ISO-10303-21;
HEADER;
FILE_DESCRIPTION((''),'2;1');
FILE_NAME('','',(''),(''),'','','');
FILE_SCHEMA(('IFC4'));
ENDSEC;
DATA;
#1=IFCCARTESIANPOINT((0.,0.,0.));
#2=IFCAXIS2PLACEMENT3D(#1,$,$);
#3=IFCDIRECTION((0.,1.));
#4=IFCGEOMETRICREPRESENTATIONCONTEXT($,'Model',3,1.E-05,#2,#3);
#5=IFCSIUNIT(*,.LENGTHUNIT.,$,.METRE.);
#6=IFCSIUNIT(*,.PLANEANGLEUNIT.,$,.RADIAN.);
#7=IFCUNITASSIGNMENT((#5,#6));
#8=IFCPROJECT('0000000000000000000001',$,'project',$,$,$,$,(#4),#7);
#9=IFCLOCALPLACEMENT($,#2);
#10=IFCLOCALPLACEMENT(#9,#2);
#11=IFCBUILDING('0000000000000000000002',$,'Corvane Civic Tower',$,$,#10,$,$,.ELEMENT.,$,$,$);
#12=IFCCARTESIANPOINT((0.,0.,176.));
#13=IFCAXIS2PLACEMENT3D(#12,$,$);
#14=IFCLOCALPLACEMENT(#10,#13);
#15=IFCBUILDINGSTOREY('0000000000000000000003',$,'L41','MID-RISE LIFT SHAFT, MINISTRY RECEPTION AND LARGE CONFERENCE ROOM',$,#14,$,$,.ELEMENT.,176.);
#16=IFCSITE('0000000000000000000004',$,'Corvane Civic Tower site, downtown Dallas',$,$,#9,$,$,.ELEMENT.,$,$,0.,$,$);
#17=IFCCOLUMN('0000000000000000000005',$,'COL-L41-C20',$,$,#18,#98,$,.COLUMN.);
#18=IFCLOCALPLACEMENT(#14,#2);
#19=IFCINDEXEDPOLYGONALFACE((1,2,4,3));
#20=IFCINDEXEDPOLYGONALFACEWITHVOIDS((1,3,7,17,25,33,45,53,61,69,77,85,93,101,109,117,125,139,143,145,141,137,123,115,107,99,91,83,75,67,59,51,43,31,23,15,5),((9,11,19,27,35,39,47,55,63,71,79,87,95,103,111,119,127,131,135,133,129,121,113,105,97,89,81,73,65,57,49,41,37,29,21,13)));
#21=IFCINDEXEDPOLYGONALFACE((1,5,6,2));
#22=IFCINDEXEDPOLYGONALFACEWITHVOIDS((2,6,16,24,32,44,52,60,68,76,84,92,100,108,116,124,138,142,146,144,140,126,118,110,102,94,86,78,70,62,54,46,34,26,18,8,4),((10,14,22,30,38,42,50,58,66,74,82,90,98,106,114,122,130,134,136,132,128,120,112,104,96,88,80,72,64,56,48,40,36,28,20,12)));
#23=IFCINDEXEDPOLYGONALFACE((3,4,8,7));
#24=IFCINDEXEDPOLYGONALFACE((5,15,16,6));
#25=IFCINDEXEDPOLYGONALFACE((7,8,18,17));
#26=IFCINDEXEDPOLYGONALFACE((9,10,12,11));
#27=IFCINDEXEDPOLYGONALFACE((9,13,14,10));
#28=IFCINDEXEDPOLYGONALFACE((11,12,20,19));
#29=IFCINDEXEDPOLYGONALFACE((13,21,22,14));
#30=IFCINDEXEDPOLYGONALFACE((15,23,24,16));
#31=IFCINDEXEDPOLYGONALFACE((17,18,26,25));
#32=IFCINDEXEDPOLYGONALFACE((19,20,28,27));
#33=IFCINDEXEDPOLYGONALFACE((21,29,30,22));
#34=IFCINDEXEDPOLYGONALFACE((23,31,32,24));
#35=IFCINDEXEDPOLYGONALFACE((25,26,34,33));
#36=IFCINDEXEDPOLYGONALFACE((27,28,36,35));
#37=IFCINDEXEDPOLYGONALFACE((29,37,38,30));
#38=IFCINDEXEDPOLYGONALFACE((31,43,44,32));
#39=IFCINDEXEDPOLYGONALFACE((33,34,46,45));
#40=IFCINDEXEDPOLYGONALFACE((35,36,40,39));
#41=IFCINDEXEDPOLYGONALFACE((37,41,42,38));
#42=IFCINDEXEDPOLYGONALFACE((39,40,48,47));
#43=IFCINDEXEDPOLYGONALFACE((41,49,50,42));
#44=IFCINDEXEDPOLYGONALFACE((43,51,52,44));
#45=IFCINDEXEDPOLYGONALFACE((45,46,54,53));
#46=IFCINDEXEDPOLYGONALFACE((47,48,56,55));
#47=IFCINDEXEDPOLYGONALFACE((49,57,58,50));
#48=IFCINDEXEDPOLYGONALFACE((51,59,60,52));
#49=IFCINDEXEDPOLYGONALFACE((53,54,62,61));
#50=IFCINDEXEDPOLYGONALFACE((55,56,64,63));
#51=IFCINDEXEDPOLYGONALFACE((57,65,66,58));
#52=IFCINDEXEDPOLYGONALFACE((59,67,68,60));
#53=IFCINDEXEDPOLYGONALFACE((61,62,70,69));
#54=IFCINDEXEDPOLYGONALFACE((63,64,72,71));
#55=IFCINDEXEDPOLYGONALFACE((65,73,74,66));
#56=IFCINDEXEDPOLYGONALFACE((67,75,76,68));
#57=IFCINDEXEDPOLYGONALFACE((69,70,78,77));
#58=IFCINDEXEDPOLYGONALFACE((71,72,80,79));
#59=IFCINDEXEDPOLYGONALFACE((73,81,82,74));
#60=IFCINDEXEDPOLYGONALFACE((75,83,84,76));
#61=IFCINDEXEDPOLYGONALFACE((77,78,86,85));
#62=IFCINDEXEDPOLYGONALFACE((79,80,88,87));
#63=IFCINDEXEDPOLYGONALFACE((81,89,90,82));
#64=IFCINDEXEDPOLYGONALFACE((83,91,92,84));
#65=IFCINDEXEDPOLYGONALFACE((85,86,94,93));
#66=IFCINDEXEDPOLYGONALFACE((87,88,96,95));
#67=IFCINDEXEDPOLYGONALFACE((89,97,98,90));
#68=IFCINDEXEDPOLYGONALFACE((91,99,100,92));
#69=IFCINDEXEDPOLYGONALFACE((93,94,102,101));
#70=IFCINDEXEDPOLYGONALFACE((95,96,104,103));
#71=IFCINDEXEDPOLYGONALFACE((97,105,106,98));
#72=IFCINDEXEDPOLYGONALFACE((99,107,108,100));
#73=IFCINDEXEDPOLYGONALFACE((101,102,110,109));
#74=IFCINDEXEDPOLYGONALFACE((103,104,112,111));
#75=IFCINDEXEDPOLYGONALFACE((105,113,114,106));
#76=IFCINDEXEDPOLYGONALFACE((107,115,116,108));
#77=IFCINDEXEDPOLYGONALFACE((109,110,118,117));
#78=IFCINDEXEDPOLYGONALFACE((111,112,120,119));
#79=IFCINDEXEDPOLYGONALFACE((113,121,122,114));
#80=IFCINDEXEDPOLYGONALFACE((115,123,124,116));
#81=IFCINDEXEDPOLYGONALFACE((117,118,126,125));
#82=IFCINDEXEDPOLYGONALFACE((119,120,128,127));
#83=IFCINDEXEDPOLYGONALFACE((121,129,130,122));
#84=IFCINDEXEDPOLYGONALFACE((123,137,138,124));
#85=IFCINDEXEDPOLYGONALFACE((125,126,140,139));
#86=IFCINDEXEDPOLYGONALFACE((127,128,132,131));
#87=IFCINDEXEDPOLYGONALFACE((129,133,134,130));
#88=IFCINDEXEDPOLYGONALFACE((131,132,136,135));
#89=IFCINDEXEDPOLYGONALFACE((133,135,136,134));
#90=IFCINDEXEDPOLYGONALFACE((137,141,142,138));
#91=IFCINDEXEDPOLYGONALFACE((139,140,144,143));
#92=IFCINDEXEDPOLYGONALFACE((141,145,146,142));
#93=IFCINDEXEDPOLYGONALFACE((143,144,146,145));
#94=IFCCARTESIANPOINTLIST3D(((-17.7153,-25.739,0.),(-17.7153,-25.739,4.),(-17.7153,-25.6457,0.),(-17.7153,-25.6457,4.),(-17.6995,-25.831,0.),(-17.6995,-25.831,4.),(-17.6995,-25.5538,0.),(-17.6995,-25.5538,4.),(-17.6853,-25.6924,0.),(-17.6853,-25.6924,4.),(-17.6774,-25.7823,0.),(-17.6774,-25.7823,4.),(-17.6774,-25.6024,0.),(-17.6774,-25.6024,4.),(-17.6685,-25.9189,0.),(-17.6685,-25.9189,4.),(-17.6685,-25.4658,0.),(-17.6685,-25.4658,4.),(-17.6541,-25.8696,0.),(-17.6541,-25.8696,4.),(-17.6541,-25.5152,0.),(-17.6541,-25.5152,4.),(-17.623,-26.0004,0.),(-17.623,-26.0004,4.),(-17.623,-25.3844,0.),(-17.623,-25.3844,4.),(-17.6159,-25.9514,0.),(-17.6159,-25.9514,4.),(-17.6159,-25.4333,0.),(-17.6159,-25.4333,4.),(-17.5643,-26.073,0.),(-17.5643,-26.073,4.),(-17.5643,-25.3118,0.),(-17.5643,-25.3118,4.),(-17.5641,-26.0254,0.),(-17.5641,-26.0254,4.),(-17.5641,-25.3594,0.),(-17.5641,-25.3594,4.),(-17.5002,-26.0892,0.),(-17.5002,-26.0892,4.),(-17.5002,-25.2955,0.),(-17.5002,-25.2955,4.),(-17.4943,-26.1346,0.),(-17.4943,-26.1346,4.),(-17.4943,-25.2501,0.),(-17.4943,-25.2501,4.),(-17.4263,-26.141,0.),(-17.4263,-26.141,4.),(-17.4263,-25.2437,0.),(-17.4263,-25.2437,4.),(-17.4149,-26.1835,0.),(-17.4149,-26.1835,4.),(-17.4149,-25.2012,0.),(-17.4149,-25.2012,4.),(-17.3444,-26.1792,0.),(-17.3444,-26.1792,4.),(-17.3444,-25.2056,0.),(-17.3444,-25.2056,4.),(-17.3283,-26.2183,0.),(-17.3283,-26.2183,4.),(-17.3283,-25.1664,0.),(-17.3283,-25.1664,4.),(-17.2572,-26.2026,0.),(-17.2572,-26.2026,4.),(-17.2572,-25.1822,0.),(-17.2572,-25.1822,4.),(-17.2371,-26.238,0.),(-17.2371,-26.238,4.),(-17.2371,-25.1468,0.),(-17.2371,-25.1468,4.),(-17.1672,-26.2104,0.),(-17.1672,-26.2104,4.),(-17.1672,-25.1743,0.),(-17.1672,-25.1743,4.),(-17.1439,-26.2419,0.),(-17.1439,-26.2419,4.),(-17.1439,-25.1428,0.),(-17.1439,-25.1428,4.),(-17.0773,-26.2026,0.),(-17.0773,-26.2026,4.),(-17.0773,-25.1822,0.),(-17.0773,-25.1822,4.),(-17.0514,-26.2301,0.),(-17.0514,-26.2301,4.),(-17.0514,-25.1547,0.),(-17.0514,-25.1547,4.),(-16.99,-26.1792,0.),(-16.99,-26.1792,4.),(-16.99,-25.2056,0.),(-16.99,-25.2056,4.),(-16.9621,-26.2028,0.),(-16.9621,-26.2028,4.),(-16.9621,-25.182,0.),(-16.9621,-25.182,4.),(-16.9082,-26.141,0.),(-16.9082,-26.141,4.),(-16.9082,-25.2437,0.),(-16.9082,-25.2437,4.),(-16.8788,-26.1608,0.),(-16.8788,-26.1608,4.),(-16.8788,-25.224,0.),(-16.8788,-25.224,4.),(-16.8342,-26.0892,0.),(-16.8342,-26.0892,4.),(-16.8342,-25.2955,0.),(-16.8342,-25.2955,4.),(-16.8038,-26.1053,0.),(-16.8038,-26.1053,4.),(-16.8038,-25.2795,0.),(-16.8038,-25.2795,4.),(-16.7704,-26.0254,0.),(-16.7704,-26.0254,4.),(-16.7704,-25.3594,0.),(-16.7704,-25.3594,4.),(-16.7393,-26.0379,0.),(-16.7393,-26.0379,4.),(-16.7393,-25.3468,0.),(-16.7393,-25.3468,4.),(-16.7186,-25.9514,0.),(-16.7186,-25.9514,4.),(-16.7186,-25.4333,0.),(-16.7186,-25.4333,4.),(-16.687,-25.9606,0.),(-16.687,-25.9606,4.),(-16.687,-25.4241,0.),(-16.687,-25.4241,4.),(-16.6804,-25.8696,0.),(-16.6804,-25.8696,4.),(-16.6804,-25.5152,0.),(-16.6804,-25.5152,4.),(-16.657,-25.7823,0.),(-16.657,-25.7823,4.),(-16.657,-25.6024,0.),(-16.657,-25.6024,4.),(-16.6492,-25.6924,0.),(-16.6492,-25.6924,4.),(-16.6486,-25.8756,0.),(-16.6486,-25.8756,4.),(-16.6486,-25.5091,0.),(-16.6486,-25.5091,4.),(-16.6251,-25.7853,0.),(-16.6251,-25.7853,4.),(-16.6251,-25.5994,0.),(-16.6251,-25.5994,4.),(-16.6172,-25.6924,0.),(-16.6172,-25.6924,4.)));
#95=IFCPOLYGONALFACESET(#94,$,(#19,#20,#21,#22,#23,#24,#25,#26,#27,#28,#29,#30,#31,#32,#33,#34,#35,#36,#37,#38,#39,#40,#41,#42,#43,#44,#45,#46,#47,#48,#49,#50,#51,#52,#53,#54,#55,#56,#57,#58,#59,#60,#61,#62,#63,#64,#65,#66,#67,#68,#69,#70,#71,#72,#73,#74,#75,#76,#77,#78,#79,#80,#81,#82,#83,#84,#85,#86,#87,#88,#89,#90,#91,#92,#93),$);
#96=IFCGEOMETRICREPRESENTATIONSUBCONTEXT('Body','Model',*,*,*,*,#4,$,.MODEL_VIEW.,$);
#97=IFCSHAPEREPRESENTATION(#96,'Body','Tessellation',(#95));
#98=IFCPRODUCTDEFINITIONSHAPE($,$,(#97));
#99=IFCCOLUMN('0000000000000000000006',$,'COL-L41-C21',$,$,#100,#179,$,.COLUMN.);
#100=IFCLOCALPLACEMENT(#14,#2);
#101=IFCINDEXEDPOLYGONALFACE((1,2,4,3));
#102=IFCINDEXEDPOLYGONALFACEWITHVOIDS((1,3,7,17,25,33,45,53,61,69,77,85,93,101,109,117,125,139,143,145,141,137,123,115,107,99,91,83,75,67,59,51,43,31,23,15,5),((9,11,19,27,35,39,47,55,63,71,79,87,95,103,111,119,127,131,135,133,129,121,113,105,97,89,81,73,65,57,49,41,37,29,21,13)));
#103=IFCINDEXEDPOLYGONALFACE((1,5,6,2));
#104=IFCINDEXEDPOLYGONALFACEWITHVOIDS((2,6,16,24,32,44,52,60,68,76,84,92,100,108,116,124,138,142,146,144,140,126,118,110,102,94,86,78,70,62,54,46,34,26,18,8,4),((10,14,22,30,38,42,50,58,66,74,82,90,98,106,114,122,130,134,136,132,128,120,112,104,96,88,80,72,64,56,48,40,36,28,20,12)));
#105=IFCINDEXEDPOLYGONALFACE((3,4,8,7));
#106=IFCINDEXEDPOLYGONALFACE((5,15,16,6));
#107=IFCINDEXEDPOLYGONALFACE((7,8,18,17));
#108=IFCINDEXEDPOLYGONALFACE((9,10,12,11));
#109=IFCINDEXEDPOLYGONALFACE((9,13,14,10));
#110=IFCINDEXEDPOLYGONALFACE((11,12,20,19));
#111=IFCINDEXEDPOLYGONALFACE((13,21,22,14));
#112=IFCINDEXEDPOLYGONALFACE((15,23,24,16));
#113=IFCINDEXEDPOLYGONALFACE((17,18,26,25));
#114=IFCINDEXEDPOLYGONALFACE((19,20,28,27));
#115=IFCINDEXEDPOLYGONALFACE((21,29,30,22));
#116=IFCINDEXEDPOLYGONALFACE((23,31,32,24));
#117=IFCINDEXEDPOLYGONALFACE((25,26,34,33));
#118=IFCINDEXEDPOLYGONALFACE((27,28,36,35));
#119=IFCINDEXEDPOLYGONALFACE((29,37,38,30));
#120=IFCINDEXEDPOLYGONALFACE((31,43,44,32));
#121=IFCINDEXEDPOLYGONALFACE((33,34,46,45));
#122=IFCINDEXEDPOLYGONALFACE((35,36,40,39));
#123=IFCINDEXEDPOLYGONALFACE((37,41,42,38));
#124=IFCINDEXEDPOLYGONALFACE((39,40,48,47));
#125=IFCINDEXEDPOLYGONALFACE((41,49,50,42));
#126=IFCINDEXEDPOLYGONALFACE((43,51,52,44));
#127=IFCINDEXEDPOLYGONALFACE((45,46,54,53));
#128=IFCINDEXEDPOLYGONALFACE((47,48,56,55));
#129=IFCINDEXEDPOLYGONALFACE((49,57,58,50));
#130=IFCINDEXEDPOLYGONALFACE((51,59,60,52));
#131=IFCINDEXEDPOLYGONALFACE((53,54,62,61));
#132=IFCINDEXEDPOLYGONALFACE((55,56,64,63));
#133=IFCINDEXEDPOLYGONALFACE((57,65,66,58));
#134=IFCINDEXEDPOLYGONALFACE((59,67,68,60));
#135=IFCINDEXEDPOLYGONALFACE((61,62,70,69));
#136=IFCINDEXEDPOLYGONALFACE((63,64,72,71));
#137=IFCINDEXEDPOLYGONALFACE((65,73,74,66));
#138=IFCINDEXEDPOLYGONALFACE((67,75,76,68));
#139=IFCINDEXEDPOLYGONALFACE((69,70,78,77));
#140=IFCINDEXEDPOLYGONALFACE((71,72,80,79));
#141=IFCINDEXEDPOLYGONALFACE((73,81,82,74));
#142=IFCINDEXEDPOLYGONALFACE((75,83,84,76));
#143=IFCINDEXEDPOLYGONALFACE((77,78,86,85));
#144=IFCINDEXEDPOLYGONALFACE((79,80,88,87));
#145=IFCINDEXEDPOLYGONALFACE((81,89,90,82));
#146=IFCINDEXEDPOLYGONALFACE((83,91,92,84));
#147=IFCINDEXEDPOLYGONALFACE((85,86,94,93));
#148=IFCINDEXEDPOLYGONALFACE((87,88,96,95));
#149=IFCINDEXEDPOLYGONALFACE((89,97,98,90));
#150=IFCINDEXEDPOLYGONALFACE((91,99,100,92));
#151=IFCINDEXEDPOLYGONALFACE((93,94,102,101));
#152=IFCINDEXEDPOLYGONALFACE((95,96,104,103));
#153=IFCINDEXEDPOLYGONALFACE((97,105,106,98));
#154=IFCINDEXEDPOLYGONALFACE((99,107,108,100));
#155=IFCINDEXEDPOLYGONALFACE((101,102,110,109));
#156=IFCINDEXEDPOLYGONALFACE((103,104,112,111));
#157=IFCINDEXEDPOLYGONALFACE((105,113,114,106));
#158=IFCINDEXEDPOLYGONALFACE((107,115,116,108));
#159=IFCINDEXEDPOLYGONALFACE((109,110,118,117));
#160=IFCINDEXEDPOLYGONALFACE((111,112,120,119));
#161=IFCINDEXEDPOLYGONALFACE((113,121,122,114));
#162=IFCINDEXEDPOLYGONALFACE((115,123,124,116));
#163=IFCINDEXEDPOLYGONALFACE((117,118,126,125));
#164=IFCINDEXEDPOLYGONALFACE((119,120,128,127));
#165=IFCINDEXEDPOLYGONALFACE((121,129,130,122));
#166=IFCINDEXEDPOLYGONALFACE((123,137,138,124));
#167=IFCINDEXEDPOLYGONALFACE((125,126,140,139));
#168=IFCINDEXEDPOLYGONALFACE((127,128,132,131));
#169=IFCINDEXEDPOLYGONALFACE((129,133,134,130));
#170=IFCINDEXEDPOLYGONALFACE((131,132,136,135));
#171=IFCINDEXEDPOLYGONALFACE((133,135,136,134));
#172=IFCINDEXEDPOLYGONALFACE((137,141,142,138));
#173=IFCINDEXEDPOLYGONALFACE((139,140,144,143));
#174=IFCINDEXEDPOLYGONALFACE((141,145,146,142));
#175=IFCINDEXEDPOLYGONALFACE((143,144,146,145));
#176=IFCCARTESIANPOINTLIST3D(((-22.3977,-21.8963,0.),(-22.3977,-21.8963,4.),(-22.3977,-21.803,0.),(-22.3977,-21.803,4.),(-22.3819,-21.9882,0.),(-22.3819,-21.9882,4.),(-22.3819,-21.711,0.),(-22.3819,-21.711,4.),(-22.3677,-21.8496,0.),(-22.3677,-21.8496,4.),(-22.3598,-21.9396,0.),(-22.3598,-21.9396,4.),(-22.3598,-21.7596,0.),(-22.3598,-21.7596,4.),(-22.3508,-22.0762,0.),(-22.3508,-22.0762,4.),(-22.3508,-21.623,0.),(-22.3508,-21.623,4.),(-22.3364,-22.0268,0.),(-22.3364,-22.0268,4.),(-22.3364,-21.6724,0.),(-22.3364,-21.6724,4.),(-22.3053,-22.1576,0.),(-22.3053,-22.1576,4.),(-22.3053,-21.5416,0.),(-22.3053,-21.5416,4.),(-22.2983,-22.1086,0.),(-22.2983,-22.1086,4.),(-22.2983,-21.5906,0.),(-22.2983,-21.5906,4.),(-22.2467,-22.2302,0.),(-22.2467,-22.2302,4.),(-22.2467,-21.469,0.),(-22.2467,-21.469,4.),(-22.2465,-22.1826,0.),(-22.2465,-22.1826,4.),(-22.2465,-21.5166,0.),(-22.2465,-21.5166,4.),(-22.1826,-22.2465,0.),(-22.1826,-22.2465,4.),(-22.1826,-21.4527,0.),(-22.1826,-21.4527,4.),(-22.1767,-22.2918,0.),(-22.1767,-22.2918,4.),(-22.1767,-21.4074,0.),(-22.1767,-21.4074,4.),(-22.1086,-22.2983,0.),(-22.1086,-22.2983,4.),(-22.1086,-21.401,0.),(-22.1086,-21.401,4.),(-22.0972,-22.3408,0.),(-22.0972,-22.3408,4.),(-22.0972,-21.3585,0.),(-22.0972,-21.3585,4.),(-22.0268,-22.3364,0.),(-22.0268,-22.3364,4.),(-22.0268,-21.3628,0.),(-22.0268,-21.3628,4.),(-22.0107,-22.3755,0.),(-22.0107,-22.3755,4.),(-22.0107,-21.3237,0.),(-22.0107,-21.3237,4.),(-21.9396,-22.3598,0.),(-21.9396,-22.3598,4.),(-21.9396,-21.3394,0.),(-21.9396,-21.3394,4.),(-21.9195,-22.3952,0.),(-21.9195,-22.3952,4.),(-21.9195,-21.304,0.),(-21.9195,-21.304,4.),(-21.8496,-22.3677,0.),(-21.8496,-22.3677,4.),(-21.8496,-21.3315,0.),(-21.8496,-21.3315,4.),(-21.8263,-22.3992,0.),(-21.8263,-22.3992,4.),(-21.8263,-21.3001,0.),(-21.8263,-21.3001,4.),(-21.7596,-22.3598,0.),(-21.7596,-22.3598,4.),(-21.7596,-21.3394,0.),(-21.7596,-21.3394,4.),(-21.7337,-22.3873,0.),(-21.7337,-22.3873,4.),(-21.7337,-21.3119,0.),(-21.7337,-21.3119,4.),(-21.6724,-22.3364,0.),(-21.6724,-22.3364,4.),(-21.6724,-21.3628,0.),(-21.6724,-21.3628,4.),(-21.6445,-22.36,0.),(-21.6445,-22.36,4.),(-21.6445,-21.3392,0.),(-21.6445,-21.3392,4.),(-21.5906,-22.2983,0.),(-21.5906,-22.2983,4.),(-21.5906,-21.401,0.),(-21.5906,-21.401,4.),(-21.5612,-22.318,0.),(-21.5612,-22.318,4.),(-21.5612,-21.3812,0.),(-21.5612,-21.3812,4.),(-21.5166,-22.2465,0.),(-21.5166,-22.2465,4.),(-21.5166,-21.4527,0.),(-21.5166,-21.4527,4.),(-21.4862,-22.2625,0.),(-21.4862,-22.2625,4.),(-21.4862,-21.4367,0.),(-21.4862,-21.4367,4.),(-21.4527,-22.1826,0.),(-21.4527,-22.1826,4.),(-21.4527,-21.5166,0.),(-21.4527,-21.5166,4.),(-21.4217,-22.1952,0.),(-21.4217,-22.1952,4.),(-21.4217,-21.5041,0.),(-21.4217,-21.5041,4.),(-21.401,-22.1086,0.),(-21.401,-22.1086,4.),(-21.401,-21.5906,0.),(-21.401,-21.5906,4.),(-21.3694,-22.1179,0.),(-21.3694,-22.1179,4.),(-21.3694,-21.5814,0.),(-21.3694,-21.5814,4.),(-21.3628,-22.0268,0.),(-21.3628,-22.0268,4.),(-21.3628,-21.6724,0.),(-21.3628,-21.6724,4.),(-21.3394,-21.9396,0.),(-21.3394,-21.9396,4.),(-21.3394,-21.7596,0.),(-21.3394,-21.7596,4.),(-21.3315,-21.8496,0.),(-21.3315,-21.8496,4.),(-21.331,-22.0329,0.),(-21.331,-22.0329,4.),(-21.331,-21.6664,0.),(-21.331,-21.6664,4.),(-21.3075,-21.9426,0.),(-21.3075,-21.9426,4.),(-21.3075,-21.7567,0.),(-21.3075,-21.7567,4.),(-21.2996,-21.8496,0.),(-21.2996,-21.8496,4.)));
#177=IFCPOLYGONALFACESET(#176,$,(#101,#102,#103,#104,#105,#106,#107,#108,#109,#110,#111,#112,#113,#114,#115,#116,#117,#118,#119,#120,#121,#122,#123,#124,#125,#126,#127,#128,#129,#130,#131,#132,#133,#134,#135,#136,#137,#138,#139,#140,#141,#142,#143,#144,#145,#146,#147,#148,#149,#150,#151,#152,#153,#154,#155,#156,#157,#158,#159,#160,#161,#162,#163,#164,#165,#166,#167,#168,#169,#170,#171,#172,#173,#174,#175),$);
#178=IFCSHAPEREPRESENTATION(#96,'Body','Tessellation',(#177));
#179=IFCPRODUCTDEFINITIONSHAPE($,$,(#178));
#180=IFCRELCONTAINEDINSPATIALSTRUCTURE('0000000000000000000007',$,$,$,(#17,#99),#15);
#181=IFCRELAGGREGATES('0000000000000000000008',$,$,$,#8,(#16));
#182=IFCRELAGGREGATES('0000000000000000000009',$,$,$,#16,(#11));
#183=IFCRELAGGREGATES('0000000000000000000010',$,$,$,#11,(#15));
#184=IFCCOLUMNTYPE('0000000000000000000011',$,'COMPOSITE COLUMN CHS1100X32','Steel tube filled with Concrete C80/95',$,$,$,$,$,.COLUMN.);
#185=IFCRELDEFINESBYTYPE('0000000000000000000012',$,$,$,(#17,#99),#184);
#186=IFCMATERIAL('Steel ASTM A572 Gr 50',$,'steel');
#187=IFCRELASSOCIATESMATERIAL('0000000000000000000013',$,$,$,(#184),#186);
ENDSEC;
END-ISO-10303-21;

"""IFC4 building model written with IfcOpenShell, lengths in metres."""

from ifc_helpers import new_model, si_unit, direction, frame, origin, origin_2d, place, context, subcontext, project, spatial, hollow_circle, extrude, material, material_profile, profile_set, type_object, element, save


model = new_model("IFC4")

# Units and contexts
model_context = context("Model", 3, precision=1e-05, world=origin(), true_north=direction((0.0, 1.0)))
body_context = subcontext(model_context, "Body", "Model", "MODEL_VIEW")
ifc_project = project(units=[si_unit("LENGTHUNIT", "METRE"), si_unit("PLANEANGLEUNIT", "RADIAN")], contexts=[model_context])

# Site, building, storey
site_placement = place(None, origin())
site = spatial("IfcSite", under=ifc_project, at=site_placement, Name="Corvane Civic Tower site, downtown Dallas", CompositionType="ELEMENT", RefElevation=0.0)
building_placement = place(site_placement, origin())
building = spatial("IfcBuilding", under=site, at=building_placement, Name="Corvane Civic Tower", CompositionType="ELEMENT")
storey_placement = place(building_placement, frame((0.0, 0.0, 176.0)))
storey = spatial("IfcBuildingStorey", under=building, at=storey_placement, Name="L41", Description="MID-RISE LIFT SHAFT, MINISTRY RECEPTION AND LARGE CONFERENCE ROOM", CompositionType="ELEMENT", Elevation=176.0)

# Columns
ifc_material_1 = material(Name="Steel ASTM A572 Gr 50", Category="steel")
ifc_material_profile_1 = material_profile(ifc_material_1, hollow_circle(Radius=0.55, WallThickness=0.032, at=origin_2d()), Name="CHS1100X32")
ifc_profile_set_1 = profile_set([ifc_material_profile_1], Name="Steel ASTM A572 Gr 50")
column_type = type_object("IfcColumnType", Name="COMPOSITE COLUMN CHS1100X32", Description="Steel tube filled with Concrete C80/95", PredefinedType="COLUMN", material=ifc_profile_set_1)
for number, where, z_axis, x_axis, name in (
    (1, (-17.1672, -25.6924, 0.0), (0.0, 0.0, 1.0), (1.0, 0.0, 0.0), "COL-L41-C20"),
    (2, (-21.8496, -21.8496, 0.0), (0.0, 0.0, 1.0), (1.0, 0.0, 0.0), "COL-L41-C21"),
):
    element("IfcColumn", number, at=place(storey_placement, frame(where, z_axis=z_axis, x_axis=x_axis)), inside=storey, type_object=column_type, Name=name, PredefinedType="COLUMN", context=body_context, shape_type="SweptSolid", body=[
        extrude(hollow_circle(Radius=0.55, WallThickness=0.032, at=origin_2d()), origin(), (0.0, 0.0, 1.0), 4.0),
    ])

save(model, "model.ifc")
